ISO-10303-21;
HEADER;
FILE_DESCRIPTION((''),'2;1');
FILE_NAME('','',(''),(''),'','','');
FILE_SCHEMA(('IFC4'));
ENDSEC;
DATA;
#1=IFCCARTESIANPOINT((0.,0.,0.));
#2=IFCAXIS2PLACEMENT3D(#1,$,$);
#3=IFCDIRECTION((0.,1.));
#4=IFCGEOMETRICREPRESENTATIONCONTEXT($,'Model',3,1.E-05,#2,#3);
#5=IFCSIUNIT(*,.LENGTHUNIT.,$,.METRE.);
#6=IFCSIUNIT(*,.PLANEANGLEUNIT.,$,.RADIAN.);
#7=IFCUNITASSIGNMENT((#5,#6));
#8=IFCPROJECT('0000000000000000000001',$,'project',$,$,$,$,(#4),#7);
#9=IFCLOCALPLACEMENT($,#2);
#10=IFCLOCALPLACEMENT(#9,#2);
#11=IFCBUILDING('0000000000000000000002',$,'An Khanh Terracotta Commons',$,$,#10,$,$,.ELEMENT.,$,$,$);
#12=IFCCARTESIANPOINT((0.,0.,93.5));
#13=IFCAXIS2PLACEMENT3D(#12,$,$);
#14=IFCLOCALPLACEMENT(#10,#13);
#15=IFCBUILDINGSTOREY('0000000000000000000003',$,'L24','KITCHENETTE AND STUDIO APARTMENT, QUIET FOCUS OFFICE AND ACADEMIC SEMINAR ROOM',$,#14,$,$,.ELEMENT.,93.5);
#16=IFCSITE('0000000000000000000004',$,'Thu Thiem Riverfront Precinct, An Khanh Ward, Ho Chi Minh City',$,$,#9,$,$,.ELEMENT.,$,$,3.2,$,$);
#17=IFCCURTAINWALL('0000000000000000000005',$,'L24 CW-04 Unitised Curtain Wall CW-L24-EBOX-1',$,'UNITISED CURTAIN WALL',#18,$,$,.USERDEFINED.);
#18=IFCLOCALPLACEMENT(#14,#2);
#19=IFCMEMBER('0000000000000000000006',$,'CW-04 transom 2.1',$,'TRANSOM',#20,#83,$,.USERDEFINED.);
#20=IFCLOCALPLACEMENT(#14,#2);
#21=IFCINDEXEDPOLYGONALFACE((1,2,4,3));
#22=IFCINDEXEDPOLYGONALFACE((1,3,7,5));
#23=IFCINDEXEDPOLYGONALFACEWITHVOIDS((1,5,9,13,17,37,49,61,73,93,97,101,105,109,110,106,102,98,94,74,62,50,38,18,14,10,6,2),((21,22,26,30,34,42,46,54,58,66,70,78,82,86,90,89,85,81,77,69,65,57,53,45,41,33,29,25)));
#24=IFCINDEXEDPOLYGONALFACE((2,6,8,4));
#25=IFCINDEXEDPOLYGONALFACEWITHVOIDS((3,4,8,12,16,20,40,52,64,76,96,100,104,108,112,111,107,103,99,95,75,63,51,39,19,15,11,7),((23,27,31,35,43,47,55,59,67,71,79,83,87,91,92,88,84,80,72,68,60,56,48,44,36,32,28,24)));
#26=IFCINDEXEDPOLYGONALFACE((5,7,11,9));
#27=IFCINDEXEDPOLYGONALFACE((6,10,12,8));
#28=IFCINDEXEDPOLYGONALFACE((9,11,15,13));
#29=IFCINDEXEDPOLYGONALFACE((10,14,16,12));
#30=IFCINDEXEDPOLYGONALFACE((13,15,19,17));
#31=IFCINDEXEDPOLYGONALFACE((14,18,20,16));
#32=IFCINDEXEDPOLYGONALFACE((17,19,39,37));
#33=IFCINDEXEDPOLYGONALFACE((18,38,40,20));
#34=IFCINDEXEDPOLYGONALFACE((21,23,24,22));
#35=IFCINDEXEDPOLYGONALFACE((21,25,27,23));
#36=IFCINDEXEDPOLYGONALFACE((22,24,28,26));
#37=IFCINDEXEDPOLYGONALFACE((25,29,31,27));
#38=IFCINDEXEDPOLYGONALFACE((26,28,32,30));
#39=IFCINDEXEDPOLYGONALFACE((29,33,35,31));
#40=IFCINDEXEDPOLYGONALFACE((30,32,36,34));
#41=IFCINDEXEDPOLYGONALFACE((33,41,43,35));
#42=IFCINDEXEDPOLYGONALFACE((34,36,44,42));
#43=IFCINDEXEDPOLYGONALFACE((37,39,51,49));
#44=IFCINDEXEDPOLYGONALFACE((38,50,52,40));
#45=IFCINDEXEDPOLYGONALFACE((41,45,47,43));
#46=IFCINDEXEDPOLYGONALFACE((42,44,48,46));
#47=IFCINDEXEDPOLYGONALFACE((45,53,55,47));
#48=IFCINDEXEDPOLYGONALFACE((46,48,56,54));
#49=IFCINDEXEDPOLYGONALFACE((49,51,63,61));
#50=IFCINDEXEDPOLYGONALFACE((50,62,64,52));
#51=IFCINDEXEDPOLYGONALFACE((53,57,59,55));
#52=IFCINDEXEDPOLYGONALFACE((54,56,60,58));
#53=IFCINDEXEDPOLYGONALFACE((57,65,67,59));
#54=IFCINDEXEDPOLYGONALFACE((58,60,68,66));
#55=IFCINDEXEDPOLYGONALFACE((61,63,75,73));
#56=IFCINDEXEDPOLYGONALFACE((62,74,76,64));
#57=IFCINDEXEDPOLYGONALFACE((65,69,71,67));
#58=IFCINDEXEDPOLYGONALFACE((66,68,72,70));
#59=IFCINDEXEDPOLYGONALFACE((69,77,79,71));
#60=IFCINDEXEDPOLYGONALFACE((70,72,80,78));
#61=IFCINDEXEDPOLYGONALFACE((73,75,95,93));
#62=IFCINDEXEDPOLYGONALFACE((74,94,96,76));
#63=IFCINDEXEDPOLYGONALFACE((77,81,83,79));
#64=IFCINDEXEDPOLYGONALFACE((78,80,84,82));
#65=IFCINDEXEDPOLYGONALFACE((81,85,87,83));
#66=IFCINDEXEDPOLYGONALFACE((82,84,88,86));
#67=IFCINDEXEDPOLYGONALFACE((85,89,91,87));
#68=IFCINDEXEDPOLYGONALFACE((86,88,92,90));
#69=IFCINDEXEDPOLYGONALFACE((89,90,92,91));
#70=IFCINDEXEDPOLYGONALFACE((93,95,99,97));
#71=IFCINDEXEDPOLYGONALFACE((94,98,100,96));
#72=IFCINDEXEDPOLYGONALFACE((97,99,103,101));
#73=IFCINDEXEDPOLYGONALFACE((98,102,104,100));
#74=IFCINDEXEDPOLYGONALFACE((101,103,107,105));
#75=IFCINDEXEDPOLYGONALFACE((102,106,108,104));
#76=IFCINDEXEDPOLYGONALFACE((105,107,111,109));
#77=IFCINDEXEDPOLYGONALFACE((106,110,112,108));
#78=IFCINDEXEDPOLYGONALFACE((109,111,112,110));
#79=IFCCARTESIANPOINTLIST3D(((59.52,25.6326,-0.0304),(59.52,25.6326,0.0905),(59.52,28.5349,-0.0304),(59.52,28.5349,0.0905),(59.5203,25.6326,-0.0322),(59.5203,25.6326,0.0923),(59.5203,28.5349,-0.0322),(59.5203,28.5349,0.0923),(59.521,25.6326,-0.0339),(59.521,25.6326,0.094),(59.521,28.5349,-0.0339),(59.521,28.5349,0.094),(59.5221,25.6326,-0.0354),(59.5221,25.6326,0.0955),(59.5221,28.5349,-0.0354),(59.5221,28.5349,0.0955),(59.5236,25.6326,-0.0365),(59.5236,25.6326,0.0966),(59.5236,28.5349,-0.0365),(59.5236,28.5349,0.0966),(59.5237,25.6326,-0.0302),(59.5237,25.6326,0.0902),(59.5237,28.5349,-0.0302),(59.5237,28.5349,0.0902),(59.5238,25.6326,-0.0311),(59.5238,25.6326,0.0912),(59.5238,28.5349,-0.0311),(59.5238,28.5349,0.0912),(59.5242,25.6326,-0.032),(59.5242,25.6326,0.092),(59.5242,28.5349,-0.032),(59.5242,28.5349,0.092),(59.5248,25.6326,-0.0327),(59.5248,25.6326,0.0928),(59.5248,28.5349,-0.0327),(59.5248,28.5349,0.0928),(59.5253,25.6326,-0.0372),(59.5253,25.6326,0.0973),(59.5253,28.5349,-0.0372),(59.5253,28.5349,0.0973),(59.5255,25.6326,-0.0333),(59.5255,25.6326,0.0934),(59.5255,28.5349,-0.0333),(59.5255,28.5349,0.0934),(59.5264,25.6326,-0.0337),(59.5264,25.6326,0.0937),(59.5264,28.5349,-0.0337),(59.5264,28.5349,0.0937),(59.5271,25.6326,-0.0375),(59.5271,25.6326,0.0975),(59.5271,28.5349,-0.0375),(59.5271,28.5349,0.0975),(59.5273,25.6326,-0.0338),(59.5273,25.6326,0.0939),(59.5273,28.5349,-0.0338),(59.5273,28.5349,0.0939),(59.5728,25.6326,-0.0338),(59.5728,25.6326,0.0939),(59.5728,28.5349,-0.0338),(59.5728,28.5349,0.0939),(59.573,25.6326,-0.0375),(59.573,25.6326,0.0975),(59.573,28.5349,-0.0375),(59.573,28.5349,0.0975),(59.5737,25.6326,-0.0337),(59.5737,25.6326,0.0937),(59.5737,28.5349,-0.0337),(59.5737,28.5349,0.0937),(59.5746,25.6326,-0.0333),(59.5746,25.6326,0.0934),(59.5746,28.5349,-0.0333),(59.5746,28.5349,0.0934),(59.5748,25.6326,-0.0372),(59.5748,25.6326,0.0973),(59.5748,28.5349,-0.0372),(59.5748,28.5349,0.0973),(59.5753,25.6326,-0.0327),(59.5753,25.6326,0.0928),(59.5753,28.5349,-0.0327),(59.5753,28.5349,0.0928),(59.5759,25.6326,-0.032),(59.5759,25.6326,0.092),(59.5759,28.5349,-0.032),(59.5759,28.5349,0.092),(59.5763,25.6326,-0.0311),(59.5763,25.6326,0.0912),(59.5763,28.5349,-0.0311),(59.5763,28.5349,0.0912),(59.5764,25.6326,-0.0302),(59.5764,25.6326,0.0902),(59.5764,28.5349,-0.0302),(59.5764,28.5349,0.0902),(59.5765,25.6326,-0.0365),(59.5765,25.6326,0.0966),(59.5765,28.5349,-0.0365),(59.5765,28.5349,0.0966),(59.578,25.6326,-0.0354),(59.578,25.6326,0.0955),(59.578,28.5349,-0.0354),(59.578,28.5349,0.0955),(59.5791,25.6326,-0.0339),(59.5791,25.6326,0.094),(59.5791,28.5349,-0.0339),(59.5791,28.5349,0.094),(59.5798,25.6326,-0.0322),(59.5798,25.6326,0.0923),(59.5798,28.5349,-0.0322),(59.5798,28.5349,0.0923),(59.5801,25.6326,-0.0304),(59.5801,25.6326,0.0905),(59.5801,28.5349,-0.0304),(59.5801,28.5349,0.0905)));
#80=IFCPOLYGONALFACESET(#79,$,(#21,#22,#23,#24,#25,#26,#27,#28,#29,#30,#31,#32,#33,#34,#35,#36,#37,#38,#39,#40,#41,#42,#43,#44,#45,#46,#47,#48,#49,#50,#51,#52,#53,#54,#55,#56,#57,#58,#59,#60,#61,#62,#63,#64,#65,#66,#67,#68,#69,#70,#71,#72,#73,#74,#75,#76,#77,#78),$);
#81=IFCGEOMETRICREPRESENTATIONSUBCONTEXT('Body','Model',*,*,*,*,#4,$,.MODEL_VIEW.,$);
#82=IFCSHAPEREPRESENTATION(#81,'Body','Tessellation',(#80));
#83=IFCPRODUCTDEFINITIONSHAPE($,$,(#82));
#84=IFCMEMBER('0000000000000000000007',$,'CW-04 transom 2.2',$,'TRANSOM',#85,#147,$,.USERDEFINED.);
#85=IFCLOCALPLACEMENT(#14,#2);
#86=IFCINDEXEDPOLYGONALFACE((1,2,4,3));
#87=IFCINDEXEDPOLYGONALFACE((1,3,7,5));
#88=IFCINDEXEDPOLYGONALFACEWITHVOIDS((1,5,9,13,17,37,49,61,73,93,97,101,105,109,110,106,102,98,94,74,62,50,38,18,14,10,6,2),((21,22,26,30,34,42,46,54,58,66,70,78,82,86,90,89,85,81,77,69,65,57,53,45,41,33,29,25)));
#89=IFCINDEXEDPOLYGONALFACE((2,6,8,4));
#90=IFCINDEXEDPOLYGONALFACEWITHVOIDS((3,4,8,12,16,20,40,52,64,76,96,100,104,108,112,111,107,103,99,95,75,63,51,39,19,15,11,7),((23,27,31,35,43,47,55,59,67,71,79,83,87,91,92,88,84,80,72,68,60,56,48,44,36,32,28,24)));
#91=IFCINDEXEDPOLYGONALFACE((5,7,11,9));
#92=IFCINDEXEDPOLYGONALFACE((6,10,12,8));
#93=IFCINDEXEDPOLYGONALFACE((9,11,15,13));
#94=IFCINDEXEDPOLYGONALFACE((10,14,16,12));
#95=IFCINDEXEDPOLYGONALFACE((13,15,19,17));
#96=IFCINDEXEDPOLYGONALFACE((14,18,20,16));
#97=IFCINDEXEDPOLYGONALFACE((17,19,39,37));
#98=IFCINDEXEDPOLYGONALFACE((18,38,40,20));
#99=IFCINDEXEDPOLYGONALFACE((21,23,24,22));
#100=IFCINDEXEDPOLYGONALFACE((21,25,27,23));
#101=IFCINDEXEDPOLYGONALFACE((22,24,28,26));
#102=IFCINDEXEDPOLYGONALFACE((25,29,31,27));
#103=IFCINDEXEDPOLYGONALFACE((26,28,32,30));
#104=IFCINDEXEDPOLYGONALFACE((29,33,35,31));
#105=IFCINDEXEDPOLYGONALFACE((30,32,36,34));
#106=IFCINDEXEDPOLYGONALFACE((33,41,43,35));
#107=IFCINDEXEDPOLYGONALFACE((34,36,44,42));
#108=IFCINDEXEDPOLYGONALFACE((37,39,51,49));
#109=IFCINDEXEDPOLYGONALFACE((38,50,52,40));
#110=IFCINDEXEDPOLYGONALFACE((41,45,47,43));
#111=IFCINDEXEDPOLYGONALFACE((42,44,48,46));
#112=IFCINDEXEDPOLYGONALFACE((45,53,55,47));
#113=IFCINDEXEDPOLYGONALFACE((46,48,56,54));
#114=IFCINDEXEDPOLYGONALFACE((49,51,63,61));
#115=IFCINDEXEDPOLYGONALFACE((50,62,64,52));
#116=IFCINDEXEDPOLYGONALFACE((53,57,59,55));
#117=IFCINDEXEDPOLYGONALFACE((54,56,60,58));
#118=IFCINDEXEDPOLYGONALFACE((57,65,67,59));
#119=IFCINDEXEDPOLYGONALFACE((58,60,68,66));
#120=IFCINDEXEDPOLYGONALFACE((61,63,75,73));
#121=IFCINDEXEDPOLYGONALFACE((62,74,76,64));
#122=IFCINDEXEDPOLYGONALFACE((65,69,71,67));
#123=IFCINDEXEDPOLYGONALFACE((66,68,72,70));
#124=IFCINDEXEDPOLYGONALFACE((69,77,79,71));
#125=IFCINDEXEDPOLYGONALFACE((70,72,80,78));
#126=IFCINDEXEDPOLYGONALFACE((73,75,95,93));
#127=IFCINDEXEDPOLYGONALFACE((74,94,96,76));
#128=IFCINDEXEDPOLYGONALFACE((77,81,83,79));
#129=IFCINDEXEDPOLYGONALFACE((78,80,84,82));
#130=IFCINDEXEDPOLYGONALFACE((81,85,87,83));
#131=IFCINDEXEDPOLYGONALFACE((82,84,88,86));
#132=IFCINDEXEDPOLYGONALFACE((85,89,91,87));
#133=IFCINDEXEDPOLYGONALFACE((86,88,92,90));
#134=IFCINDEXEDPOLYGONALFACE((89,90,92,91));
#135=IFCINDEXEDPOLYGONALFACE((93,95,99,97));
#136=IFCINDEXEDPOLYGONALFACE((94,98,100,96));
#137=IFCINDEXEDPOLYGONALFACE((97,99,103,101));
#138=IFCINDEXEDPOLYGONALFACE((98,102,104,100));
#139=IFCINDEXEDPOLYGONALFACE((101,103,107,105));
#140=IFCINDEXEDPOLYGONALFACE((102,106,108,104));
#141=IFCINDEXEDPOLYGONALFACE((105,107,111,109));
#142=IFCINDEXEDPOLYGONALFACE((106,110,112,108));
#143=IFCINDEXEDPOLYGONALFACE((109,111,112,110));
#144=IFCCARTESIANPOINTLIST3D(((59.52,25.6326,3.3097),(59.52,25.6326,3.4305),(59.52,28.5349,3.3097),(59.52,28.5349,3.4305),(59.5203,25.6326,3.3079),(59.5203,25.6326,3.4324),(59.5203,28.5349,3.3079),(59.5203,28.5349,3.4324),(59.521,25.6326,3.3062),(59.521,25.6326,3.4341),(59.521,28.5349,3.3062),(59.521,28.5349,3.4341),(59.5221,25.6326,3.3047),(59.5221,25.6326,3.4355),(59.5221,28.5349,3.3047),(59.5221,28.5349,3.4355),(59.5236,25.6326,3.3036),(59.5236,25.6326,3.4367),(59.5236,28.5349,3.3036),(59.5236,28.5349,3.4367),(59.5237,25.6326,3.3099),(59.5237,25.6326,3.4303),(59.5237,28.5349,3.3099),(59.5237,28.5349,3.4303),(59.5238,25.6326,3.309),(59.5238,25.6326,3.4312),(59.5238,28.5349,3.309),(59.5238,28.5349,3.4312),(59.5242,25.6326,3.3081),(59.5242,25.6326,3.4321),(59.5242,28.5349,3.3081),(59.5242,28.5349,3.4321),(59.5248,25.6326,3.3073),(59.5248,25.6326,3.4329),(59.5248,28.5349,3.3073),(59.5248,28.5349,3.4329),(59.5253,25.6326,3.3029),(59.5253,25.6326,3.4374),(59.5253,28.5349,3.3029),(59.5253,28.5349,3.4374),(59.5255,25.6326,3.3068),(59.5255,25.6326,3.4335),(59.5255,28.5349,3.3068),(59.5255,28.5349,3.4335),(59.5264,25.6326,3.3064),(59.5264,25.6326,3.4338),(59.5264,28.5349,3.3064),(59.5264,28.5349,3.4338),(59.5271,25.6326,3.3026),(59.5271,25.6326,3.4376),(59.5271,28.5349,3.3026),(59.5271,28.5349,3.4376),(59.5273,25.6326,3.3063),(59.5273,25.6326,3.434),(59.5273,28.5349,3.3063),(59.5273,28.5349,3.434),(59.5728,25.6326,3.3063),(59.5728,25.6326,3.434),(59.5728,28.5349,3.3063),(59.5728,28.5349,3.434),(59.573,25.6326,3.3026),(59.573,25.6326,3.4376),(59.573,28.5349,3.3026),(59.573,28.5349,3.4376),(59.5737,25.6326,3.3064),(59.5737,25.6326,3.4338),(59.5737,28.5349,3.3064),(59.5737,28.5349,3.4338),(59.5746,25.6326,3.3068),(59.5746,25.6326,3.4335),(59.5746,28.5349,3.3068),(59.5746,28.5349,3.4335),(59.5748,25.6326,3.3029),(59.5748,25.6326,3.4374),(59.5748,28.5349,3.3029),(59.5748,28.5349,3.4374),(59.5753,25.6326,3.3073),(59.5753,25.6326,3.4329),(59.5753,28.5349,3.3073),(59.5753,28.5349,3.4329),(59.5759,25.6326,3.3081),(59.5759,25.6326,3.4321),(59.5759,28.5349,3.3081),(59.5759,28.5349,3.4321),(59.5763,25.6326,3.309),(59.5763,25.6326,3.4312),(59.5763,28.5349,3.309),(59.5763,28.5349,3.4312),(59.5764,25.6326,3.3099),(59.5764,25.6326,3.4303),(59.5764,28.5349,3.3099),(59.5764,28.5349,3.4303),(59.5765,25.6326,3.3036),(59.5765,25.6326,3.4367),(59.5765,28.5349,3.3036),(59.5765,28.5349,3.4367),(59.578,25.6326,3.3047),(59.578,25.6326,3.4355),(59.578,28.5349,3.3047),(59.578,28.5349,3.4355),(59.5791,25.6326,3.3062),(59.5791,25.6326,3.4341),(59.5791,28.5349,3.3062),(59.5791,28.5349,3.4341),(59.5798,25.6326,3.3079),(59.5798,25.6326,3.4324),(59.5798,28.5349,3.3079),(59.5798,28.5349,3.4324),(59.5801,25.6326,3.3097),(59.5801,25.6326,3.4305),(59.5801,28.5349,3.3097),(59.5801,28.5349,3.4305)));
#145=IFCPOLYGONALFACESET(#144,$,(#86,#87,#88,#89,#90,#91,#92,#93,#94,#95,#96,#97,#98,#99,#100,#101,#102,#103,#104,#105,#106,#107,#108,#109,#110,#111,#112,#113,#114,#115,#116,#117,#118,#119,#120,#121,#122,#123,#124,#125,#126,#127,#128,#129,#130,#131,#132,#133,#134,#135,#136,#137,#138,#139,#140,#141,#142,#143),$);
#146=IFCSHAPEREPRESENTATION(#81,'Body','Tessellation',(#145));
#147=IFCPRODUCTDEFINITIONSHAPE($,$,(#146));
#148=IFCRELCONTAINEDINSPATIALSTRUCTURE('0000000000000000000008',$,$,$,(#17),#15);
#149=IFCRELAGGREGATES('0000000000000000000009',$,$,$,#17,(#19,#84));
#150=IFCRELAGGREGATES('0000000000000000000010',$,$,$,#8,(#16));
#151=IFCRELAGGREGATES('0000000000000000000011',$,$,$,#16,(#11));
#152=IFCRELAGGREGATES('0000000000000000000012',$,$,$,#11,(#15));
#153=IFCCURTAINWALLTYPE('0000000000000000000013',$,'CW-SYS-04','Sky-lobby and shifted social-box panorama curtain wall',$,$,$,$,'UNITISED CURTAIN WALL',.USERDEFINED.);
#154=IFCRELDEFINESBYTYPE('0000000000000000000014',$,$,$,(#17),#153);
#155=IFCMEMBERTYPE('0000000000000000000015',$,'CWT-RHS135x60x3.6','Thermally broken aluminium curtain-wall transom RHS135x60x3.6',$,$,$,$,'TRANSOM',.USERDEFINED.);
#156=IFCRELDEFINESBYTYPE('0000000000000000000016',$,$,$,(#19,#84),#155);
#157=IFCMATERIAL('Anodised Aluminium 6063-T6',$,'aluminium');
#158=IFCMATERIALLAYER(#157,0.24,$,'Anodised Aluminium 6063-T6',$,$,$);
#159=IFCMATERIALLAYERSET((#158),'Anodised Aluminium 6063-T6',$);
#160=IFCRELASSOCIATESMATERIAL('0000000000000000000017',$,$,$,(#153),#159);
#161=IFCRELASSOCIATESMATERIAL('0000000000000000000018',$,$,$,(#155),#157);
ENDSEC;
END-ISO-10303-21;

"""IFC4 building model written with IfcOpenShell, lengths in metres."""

from ifc_helpers import new_model, si_unit, direction, frame, origin, origin_2d, place, context, subcontext, project, spatial, hollow_rectangle, extrude, material, layer, layer_set, material_profile, profile_set, type_object, element, aggregate, save


model = new_model("IFC4")

# Units and contexts
model_context = context("Model", 3, precision=1e-05, world=origin(), true_north=direction((0.0, 1.0)))
body_context = subcontext(model_context, "Body", "Model", "MODEL_VIEW")
ifc_project = project(units=[si_unit("LENGTHUNIT", "METRE"), si_unit("PLANEANGLEUNIT", "RADIAN")], contexts=[model_context])

# Site, building, storey
site_placement = place(None, origin())
site = spatial("IfcSite", under=ifc_project, at=site_placement, Name="Thu Thiem Riverfront Precinct, An Khanh Ward, Ho Chi Minh City", CompositionType="ELEMENT", RefElevation=3.2)
building_placement = place(site_placement, origin())
building = spatial("IfcBuilding", under=site, at=building_placement, Name="An Khanh Terracotta Commons", CompositionType="ELEMENT")
storey_placement = place(building_placement, frame((0.0, 0.0, 93.5)))
storey = spatial("IfcBuildingStorey", under=building, at=storey_placement, Name="L24", Description="KITCHENETTE AND STUDIO APARTMENT, QUIET FOCUS OFFICE AND ACADEMIC SEMINAR ROOM", CompositionType="ELEMENT", Elevation=93.5)

# Curtain wall
ifc_material_1 = material(Name="Anodised Aluminium 6063-T6", Category="aluminium")
ifc_layer_1 = layer(ifc_material_1, 0.24, Name="Anodised Aluminium 6063-T6")
ifc_layer_set_1 = layer_set([ifc_layer_1], Name="Anodised Aluminium 6063-T6")
curtain_wall_type_1 = type_object("IfcCurtainWallType", Name="CW-SYS-04", Description="Sky-lobby and shifted social-box panorama curtain wall", ElementType="UNITISED CURTAIN WALL", PredefinedType="USERDEFINED", material=ifc_layer_set_1)
curtain_wall_1_placement = place(storey_placement, origin())
curtain_wall_1 = element("IfcCurtainWall", 1, at=curtain_wall_1_placement, inside=storey, type_object=curtain_wall_type_1, Name="L24 CW-04 Unitised Curtain Wall CW-L24-EBOX-1", ObjectType="UNITISED CURTAIN WALL", PredefinedType="USERDEFINED")

# Members
ifc_material_profile_1 = material_profile(ifc_material_1, hollow_rectangle(XDim=0.0601, YDim=0.135, WallThickness=0.0037, InnerFilletRadius=0.0037, OuterFilletRadius=0.0071, at=origin_2d()), Name="RHS135x60x3.6")
ifc_profile_set_1 = profile_set([ifc_material_profile_1], Name="Anodised Aluminium 6063-T6")
member_type_1 = type_object("IfcMemberType", Name="CWT-RHS135x60x3.6", Description="Thermally broken aluminium curtain-wall transom RHS135x60x3.6", ElementType="TRANSOM", PredefinedType="USERDEFINED", material=ifc_profile_set_1)
member_1_placement = place(storey_placement, frame((59.55, 25.6326, 0.03), z_axis=(0.0, 1.0, 0.0), x_axis=(-1.0, 0.0, 0.0)))
member_1 = element("IfcMember", 2, at=member_1_placement, type_object=member_type_1, Name="CW-04 transom 2.1", ObjectType="TRANSOM", PredefinedType="USERDEFINED", context=body_context, shape_type="SweptSolid", body=[
    extrude(hollow_rectangle(XDim=0.0601, YDim=0.135, WallThickness=0.0037, InnerFilletRadius=0.0037, OuterFilletRadius=0.0071, at=origin_2d()), origin(), (0.0, 0.0, 1.0), 2.9023),
])
member_2_placement = place(storey_placement, frame((59.55, 25.6326, 3.3701), z_axis=(0.0, 1.0, 0.0), x_axis=(-1.0, 0.0, 0.0)))
member_2 = element("IfcMember", 3, at=member_2_placement, type_object=member_type_1, Name="CW-04 transom 2.2", ObjectType="TRANSOM", PredefinedType="USERDEFINED", context=body_context, shape_type="SweptSolid", body=[
    extrude(hollow_rectangle(XDim=0.0601, YDim=0.135, WallThickness=0.0037, InnerFilletRadius=0.0037, OuterFilletRadius=0.0071, at=origin_2d()), origin(), (0.0, 0.0, 1.0), 2.9023),
])

aggregate(curtain_wall_1, [member_1, member_2])

save(model, "model.ifc")
